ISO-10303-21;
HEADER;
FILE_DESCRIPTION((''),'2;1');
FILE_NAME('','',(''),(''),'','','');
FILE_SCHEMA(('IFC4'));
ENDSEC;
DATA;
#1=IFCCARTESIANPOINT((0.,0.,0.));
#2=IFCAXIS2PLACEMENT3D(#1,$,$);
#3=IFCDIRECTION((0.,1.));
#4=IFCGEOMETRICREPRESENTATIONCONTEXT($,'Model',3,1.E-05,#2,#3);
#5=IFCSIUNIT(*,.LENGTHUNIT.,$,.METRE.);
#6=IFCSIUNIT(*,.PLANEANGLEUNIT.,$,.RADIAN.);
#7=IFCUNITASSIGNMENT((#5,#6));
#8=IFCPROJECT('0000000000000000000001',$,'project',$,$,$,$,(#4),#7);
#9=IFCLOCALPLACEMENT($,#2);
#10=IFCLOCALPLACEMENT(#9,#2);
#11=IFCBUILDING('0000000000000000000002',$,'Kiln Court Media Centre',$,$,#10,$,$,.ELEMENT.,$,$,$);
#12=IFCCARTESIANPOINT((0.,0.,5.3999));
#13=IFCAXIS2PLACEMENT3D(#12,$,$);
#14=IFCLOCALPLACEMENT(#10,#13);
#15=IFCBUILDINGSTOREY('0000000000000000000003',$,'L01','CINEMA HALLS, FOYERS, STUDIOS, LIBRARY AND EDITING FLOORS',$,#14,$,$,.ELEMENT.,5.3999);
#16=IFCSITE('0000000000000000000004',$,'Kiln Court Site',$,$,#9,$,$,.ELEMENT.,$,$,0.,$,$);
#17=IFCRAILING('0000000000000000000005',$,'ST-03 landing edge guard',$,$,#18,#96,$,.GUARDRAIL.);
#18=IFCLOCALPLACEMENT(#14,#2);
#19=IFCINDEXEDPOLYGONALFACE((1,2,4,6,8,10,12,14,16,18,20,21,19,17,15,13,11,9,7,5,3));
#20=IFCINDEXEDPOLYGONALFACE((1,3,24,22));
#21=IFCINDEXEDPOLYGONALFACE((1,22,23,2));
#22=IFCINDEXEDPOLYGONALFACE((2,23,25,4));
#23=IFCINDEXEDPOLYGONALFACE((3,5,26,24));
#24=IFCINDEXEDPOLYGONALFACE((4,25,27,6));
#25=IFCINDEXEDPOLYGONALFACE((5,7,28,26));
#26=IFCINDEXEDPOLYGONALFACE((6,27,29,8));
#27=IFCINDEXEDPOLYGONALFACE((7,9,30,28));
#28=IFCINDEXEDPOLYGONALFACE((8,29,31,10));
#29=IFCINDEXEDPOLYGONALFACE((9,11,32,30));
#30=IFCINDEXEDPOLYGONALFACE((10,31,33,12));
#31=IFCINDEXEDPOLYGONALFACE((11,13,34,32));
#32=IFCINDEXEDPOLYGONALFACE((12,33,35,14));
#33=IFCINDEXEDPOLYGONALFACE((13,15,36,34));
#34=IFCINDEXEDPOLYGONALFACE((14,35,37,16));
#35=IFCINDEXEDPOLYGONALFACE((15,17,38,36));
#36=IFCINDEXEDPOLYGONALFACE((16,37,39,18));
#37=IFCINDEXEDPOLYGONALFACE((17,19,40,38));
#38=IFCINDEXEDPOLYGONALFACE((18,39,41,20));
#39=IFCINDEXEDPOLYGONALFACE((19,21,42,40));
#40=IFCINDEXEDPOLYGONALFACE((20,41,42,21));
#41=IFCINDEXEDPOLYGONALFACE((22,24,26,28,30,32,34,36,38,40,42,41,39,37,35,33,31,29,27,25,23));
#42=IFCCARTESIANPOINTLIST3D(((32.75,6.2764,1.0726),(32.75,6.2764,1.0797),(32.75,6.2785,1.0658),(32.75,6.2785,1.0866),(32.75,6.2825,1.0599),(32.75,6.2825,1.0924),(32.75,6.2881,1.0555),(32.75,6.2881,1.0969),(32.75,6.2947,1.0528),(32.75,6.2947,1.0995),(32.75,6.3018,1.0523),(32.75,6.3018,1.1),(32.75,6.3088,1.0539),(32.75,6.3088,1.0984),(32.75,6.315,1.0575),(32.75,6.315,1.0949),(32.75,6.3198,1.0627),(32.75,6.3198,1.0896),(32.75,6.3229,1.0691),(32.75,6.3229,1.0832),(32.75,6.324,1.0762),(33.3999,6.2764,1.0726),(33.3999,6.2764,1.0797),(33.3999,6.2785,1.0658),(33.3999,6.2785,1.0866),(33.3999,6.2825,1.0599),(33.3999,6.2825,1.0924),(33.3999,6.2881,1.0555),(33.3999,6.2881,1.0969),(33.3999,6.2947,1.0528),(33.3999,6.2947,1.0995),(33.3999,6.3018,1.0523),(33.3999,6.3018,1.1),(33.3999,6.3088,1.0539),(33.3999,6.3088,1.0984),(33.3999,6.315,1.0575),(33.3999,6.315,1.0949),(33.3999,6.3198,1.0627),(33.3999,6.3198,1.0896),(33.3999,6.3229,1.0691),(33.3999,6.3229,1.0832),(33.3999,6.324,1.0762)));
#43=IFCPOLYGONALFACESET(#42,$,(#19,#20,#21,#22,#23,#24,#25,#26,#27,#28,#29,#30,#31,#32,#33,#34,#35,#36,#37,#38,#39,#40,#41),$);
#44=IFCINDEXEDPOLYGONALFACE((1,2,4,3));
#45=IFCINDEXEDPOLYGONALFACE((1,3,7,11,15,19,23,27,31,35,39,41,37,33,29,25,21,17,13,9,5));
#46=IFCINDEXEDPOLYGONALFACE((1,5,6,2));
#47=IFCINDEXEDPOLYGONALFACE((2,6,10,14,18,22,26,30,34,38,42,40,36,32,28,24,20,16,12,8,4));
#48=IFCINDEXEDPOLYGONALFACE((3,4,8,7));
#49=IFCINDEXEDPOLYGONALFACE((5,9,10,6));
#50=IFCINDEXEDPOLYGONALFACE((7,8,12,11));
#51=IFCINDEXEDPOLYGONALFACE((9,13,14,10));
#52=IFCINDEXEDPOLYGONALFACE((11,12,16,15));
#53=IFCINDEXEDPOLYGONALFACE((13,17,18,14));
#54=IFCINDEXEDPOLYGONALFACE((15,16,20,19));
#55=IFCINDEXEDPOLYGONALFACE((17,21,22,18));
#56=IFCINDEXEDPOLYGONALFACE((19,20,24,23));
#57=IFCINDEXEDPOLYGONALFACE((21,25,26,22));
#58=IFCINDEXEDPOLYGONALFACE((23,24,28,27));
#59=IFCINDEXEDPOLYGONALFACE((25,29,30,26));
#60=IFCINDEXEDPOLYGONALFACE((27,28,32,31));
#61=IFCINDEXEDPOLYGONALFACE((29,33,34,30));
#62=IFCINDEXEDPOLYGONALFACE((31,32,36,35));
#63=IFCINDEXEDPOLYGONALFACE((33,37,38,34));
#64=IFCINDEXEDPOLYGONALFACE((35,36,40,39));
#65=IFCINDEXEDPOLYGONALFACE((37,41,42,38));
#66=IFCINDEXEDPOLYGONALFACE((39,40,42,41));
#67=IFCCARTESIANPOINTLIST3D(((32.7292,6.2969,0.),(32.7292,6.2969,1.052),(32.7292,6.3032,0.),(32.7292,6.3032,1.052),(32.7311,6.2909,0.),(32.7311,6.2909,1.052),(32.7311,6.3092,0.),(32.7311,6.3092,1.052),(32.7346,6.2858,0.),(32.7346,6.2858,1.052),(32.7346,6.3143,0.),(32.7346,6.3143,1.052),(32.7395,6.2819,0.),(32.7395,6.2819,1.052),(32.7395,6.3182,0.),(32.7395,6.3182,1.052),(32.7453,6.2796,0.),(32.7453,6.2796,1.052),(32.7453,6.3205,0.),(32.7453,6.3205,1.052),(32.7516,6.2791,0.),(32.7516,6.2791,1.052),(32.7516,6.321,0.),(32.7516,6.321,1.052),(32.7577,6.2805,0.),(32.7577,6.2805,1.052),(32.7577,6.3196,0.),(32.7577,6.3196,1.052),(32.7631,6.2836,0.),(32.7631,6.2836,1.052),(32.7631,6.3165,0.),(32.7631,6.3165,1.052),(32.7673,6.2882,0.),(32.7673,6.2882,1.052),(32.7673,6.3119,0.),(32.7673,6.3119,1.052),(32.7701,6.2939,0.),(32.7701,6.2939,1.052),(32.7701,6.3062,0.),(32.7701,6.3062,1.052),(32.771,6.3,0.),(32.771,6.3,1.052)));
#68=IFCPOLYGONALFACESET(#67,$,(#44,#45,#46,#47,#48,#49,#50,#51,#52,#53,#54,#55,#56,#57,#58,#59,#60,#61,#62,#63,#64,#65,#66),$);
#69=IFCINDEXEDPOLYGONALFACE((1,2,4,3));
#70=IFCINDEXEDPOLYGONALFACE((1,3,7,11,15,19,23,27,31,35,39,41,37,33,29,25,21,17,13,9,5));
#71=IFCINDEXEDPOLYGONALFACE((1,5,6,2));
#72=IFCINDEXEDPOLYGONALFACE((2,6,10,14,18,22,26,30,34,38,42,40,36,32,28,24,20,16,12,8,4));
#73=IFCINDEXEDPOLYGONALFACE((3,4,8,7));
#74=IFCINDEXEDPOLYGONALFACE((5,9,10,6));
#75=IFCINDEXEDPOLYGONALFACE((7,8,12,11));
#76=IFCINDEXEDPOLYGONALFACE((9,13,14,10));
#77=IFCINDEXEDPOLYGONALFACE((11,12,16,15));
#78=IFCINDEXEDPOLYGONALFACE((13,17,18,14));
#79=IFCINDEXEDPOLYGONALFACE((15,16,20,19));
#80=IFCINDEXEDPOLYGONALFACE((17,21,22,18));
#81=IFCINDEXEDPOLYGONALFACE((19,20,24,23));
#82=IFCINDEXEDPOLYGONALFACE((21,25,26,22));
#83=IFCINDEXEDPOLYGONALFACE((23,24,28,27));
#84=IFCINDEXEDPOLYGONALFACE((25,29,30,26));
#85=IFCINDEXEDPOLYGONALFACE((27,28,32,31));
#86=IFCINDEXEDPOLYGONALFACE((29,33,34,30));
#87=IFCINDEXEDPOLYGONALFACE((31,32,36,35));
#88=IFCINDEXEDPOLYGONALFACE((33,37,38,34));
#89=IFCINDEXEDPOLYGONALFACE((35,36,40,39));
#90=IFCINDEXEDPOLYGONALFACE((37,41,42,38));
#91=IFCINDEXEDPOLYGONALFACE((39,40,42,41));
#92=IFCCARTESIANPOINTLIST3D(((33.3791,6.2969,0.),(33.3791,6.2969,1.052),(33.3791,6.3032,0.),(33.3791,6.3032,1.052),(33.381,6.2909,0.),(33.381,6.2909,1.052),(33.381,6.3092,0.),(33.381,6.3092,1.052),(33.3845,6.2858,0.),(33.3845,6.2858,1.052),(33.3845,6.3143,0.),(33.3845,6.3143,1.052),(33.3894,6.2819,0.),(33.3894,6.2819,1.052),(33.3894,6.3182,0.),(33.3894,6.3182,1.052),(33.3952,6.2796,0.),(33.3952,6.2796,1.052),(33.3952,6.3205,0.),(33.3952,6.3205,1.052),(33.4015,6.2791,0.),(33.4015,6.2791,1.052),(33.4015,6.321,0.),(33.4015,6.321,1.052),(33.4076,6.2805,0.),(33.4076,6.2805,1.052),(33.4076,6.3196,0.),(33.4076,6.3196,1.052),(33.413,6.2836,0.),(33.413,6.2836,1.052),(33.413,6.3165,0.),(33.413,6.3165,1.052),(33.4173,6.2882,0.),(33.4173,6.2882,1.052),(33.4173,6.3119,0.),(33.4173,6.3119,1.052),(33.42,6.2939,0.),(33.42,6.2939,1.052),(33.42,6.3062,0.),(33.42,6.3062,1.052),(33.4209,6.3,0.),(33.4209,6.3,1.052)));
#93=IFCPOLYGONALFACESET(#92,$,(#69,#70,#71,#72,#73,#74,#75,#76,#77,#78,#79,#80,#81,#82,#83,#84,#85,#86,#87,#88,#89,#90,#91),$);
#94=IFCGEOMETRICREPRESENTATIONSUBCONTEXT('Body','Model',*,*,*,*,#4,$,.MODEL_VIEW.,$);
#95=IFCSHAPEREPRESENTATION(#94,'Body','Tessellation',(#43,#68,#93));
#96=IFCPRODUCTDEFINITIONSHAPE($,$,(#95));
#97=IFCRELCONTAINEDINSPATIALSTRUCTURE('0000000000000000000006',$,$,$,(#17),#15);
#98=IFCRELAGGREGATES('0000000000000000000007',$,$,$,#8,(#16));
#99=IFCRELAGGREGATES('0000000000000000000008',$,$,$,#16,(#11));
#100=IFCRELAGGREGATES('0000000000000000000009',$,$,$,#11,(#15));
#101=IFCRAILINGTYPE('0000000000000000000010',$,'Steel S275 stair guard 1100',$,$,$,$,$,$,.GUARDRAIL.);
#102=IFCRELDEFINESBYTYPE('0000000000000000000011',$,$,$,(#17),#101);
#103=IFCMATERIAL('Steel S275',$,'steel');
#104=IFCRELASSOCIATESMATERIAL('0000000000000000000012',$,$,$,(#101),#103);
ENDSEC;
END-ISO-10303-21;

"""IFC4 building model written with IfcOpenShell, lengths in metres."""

from ifc_helpers import new_model, si_unit, direction, frame, origin, origin_2d, place, context, subcontext, project, spatial, circle, extrude, material, type_object, element, save


model = new_model("IFC4")

# Units and contexts
model_context = context("Model", 3, precision=1e-05, world=origin(), true_north=direction((0.0, 1.0)))
body_context = subcontext(model_context, "Body", "Model", "MODEL_VIEW")
ifc_project = project(units=[si_unit("LENGTHUNIT", "METRE"), si_unit("PLANEANGLEUNIT", "RADIAN")], contexts=[model_context])

# Site, building, storey
site_placement = place(None, origin())
site = spatial("IfcSite", under=ifc_project, at=site_placement, Name="Kiln Court Site", CompositionType="ELEMENT", RefElevation=0.0)
building_placement = place(site_placement, origin())
building = spatial("IfcBuilding", under=site, at=building_placement, Name="Kiln Court Media Centre", CompositionType="ELEMENT")
storey_placement = place(building_placement, frame((0.0, 0.0, 5.3999)))
storey = spatial("IfcBuildingStorey", under=building, at=storey_placement, Name="L01", Description="CINEMA HALLS, FOYERS, STUDIOS, LIBRARY AND EDITING FLOORS", CompositionType="ELEMENT", Elevation=5.3999)

# Railing
ifc_material_1 = material(Name="Steel S275", Category="steel")
railing_type_1 = type_object("IfcRailingType", Name="Steel S275 stair guard 1100", PredefinedType="GUARDRAIL", material=ifc_material_1)
for number, where, name in (
    (1, (32.75, 6.3, 0.0), "ST-03 landing edge guard"),
):
    element("IfcRailing", number, at=place(storey_placement, frame(where)), inside=storey, type_object=railing_type_1, Name=name, PredefinedType="GUARDRAIL", context=body_context, shape_type="SweptSolid", body=[
        extrude(circle(Radius=0.0239, at=origin_2d()), frame((0.0, 0.0, 1.0762), z_axis=(1.0, 0.0, 0.0), x_axis=(0.0, 1.0, 0.0)), (0.0, 0.0, 1.0), 0.6499),
        extrude(circle(Radius=0.021, at=origin_2d()), origin(), (0.0, 0.0, 1.0), 1.052),
        extrude(circle(Radius=0.021, at=origin_2d()), frame((0.6499, 0.0, 0.0)), (0.0, 0.0, 1.0), 1.052),
    ])

save(model, "model.ifc")
